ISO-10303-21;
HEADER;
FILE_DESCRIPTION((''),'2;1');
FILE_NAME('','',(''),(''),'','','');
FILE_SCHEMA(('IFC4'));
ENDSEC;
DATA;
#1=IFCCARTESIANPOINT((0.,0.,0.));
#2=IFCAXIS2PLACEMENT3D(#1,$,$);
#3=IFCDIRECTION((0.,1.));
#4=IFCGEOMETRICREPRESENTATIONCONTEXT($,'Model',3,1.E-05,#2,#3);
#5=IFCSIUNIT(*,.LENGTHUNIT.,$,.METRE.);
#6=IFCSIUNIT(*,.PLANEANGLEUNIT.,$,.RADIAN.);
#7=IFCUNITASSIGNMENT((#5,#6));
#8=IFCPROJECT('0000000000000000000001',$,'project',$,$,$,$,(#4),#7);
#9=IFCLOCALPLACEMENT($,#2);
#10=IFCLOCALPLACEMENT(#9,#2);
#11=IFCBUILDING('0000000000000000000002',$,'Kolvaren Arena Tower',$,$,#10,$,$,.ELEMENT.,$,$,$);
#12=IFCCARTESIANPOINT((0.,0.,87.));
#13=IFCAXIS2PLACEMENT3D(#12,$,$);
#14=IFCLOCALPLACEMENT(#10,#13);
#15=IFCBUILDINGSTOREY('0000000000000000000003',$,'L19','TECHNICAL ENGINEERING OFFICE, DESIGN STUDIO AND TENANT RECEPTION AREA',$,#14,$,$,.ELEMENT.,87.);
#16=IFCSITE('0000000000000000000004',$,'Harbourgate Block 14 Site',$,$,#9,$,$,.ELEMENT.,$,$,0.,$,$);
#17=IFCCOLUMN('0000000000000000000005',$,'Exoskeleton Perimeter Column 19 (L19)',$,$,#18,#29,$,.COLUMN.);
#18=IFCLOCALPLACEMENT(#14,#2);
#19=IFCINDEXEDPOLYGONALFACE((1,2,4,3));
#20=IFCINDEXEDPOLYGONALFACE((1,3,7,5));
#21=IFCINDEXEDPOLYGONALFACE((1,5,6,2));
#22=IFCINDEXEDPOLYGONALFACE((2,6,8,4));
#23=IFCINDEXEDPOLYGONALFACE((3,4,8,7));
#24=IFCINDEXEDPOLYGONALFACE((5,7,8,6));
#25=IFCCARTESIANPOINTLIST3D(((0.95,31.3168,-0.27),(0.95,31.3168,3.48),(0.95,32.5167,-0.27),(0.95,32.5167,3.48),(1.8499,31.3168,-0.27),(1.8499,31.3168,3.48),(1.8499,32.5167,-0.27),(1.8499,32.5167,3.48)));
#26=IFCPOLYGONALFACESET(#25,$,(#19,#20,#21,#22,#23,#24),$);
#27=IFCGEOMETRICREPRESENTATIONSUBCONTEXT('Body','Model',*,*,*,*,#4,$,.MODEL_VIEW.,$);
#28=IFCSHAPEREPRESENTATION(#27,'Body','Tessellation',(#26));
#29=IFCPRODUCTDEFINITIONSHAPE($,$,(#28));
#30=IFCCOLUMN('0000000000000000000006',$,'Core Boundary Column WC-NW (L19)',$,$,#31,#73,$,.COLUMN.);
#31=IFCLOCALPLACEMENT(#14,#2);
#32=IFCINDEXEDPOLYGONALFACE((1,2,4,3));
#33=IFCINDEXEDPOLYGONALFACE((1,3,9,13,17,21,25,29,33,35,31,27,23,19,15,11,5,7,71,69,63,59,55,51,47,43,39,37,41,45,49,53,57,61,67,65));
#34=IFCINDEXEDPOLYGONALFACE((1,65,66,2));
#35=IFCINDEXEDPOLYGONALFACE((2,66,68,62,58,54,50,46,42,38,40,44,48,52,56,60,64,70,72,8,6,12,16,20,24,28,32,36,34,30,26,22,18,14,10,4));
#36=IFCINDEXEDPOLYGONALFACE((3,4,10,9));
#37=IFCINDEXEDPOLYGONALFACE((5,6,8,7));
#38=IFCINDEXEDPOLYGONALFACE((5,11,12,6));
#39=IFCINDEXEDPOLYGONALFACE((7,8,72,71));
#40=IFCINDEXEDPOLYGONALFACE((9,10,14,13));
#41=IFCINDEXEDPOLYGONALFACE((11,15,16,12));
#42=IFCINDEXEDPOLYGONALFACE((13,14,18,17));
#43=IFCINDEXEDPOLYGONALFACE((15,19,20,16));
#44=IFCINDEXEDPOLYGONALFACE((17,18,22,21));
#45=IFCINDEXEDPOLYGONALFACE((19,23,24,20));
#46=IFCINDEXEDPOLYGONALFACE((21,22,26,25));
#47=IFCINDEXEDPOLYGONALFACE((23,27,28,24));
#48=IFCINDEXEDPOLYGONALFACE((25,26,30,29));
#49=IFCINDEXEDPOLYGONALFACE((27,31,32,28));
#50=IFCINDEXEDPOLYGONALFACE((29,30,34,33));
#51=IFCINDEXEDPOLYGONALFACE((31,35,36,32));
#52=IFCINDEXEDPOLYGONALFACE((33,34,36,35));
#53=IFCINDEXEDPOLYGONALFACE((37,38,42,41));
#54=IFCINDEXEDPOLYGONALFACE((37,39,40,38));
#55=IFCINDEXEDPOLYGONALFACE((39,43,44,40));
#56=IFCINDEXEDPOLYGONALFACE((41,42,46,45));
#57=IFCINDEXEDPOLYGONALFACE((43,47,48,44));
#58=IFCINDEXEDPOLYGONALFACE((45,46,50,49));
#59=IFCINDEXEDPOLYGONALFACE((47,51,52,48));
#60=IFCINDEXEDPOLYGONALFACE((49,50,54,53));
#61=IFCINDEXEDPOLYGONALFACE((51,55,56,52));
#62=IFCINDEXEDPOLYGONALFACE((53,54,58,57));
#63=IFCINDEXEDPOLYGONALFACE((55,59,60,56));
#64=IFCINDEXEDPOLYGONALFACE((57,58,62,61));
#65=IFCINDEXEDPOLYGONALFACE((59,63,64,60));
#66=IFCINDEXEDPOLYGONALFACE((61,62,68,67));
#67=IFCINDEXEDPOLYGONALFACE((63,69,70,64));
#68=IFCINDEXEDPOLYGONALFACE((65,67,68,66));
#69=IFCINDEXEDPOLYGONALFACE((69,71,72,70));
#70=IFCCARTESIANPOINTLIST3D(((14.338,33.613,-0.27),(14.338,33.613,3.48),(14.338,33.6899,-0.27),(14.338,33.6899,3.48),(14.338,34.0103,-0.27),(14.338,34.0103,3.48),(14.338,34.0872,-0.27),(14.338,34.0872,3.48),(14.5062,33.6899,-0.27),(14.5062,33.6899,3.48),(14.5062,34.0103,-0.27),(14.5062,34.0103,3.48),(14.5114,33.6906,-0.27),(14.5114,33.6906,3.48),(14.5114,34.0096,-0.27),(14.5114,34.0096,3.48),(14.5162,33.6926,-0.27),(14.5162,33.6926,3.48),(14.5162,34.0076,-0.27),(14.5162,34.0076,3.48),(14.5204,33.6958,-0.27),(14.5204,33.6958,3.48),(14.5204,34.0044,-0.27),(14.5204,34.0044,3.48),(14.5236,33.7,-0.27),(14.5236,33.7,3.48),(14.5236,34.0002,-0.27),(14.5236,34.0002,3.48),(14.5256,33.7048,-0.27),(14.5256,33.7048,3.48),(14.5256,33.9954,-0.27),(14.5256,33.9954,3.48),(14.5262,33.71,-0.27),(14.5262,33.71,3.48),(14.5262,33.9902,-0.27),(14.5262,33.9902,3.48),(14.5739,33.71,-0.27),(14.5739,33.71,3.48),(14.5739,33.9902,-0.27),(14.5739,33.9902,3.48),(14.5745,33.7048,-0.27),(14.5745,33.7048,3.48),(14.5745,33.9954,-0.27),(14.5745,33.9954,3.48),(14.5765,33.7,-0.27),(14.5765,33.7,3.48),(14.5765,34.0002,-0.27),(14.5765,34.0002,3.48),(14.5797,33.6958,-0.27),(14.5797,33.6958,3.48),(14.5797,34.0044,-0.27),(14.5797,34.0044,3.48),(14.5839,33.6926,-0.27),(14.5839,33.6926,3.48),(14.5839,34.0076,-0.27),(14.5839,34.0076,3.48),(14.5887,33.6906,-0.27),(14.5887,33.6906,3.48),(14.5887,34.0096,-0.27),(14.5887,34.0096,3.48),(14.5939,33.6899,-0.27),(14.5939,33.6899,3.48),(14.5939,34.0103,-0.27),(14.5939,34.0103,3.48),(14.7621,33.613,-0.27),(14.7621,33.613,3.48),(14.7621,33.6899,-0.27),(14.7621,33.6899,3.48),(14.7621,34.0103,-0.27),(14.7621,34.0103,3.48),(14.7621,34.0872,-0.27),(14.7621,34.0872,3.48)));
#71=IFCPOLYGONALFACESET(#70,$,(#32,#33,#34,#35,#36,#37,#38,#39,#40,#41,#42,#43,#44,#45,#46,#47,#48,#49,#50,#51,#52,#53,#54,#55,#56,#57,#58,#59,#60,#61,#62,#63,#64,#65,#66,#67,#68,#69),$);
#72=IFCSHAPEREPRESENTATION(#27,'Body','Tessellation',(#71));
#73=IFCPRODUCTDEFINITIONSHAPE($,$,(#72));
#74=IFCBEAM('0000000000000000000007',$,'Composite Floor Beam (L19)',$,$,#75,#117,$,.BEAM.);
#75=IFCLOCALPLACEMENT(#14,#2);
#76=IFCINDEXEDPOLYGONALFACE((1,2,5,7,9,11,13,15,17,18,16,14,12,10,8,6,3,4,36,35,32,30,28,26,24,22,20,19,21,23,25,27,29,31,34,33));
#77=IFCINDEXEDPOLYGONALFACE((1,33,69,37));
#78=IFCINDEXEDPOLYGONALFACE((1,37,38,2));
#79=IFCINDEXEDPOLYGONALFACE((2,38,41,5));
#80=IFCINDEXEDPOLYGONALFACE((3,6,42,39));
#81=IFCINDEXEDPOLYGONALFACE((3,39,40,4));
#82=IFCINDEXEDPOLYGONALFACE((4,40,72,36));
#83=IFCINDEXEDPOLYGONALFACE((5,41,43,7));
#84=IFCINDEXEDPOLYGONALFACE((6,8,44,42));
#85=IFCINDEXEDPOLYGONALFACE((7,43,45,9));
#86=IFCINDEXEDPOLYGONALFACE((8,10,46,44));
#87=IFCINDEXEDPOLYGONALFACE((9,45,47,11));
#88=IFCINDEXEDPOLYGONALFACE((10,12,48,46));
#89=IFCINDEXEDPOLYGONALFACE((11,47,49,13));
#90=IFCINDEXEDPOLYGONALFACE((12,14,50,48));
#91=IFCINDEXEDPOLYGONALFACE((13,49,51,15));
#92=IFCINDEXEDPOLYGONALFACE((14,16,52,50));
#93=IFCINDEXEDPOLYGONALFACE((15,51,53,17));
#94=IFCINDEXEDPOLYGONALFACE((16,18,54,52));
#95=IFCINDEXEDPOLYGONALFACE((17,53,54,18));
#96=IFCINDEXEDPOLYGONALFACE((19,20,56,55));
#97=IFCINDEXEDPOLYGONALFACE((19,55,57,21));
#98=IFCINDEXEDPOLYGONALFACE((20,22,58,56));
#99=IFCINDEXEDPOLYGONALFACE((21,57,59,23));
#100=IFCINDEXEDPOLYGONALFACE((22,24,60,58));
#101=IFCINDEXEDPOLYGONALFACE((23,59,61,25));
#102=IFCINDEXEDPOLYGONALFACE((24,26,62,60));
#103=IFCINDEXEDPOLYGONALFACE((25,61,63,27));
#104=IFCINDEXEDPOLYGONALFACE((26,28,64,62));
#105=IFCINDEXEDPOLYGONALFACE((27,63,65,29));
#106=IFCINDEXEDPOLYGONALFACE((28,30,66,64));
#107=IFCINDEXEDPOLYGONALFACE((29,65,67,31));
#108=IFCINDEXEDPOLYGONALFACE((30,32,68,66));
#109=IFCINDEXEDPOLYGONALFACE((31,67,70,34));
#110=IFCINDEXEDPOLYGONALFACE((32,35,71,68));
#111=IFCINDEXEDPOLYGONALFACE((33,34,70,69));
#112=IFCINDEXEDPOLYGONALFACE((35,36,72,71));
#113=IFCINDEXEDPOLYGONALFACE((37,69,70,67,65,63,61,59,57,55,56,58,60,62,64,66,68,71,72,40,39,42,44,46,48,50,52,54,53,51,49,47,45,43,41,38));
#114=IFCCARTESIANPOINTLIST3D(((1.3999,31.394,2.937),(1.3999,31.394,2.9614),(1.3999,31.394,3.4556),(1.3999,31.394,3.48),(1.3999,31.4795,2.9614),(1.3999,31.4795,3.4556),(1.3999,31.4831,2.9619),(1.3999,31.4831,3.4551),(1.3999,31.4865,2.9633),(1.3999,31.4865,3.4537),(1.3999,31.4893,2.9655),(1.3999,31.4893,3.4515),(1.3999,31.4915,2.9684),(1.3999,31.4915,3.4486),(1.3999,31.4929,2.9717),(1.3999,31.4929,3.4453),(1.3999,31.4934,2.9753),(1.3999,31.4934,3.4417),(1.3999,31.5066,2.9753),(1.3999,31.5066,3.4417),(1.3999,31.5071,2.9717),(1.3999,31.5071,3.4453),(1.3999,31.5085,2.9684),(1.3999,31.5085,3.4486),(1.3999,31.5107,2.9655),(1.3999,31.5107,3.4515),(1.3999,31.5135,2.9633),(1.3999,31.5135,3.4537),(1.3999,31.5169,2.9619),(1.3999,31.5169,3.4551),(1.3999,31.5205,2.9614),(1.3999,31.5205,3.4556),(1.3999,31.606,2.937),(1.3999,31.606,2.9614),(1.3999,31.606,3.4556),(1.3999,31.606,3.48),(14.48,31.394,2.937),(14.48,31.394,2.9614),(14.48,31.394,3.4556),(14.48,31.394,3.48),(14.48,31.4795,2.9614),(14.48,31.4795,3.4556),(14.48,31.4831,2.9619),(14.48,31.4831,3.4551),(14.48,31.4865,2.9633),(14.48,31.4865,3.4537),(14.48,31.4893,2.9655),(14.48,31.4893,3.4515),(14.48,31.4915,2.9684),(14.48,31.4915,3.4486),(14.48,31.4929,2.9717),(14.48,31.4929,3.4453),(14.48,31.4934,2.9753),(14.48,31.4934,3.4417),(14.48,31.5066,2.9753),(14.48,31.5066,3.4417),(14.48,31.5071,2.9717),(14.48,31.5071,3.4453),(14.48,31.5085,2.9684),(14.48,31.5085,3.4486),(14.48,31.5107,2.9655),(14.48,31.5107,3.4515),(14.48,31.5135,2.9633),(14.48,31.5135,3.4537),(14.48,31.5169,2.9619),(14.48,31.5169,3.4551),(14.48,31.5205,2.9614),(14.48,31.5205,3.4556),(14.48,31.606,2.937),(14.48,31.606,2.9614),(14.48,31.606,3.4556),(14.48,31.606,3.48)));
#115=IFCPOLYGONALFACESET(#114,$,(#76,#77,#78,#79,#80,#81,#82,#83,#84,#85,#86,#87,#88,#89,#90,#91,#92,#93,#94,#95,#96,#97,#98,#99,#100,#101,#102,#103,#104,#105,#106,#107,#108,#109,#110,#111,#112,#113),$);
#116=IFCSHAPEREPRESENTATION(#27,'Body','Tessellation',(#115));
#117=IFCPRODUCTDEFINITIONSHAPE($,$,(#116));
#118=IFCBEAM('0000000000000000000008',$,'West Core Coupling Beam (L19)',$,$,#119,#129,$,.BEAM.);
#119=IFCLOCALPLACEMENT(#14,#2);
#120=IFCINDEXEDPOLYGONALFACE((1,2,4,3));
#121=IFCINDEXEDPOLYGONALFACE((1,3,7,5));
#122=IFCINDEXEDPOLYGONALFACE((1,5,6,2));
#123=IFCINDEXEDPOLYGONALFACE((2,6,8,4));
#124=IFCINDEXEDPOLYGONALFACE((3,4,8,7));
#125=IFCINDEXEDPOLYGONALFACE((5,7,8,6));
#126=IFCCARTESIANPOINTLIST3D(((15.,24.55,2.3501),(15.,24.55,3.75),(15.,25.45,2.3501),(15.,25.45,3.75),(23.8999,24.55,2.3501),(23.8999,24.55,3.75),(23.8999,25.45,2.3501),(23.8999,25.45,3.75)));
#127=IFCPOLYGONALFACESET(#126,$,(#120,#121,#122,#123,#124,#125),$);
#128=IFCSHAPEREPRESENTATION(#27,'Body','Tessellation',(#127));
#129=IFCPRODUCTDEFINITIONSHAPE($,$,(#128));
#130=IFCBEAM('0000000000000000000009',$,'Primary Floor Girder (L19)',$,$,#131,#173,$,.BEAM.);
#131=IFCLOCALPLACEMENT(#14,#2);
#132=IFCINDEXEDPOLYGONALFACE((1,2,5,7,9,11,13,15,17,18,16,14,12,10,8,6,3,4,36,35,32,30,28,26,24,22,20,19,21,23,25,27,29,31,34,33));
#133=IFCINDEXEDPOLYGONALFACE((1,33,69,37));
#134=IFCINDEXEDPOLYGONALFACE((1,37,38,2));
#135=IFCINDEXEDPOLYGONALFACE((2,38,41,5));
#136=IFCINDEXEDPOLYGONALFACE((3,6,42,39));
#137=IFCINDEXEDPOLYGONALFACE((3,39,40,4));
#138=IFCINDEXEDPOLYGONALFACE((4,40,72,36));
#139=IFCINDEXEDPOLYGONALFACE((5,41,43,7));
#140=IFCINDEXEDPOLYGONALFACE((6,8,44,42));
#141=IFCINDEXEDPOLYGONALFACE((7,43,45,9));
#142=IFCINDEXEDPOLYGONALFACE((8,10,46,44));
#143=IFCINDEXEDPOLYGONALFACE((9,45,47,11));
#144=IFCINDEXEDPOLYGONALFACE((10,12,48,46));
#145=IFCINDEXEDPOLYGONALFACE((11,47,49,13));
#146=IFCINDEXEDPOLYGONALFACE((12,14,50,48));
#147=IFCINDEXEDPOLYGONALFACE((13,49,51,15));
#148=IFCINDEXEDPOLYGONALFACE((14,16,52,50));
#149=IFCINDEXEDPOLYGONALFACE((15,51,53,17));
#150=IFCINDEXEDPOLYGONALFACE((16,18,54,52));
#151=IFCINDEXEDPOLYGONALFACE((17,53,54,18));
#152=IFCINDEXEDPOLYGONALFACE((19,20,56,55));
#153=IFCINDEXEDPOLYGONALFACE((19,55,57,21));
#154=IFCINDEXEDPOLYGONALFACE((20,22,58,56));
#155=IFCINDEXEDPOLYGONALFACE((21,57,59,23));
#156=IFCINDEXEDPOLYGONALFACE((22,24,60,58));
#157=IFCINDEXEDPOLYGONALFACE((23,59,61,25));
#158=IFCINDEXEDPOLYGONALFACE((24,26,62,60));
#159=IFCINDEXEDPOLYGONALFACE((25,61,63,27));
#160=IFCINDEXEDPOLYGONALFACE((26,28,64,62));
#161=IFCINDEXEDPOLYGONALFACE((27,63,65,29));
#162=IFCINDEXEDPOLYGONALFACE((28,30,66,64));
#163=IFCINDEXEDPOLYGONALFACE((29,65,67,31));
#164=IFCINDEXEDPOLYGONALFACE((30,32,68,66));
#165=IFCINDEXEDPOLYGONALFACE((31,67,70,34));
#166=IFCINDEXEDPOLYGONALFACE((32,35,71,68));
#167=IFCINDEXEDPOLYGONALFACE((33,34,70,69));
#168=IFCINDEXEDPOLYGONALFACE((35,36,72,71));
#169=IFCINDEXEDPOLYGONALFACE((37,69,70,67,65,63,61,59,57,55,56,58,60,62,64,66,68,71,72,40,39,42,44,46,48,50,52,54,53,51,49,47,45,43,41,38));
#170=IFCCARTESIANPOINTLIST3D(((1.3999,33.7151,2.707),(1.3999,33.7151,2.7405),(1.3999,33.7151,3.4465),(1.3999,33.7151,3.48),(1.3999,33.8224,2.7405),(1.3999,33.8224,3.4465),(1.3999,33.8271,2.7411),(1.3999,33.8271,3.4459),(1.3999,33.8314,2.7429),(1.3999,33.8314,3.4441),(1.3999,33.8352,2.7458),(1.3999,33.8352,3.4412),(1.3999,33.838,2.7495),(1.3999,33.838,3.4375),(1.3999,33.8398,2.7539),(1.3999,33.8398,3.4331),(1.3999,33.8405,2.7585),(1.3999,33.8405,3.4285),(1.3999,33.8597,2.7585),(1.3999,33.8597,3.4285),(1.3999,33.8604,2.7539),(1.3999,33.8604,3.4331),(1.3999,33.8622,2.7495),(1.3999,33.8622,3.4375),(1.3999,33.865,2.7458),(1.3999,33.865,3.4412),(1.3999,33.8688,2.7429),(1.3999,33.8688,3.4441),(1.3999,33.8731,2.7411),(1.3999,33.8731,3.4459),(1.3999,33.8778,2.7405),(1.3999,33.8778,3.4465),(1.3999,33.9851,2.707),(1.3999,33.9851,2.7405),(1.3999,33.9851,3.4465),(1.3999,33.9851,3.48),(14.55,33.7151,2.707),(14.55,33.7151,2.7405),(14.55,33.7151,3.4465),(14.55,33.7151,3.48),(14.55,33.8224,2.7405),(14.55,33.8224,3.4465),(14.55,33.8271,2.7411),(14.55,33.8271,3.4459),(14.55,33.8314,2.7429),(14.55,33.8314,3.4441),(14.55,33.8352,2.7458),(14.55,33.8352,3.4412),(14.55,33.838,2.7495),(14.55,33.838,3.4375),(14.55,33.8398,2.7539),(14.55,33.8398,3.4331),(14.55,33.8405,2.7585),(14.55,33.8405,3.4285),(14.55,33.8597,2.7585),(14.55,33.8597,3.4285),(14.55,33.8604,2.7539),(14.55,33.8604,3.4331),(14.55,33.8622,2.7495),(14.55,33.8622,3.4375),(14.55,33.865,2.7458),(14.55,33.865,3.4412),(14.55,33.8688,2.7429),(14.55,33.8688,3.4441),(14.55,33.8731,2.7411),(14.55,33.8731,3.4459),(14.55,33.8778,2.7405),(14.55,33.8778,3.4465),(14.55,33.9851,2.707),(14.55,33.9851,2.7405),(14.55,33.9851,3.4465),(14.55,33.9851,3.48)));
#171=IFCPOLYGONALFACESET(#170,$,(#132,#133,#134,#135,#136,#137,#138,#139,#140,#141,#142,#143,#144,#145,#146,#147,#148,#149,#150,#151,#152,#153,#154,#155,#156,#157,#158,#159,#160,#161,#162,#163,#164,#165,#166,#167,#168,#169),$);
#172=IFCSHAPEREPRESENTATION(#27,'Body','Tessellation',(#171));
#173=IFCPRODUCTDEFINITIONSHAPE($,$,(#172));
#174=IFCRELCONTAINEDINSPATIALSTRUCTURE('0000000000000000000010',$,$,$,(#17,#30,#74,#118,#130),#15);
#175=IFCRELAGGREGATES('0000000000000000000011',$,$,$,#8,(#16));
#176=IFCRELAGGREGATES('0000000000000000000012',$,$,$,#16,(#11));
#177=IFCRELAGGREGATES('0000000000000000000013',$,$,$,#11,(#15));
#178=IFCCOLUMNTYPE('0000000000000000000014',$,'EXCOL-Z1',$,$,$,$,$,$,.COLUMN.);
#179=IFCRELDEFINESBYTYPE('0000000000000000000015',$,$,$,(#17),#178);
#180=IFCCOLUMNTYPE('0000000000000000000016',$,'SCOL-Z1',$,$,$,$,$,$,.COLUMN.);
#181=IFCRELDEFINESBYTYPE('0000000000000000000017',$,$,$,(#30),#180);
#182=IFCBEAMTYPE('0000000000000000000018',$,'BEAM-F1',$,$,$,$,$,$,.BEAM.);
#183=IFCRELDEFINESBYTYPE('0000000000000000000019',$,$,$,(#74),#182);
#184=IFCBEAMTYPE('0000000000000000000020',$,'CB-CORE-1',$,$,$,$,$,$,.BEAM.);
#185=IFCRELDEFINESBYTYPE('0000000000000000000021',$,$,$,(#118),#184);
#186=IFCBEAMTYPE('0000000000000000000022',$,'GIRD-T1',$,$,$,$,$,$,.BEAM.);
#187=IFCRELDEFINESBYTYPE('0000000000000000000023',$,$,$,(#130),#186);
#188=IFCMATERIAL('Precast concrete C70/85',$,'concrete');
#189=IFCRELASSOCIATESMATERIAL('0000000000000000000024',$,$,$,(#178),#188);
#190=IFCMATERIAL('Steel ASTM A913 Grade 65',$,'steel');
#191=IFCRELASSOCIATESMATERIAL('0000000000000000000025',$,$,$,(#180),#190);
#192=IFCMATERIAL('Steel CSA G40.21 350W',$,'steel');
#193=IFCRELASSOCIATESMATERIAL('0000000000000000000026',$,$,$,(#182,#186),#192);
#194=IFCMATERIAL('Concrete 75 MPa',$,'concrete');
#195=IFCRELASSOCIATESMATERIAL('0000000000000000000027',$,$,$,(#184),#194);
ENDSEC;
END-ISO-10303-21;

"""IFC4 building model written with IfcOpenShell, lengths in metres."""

from ifc_helpers import new_model, si_unit, direction, frame, origin, origin_2d, place, context, subcontext, project, spatial, rectangle, i_section, extrude, material, material_profile, profile_set, type_object, element, save


model = new_model("IFC4")

# Units and contexts
model_context = context("Model", 3, precision=1e-05, world=origin(), true_north=direction((0.0, 1.0)))
body_context = subcontext(model_context, "Body", "Model", "MODEL_VIEW")
ifc_project = project(units=[si_unit("LENGTHUNIT", "METRE"), si_unit("PLANEANGLEUNIT", "RADIAN")], contexts=[model_context])

# Site, building, storey
site_placement = place(None, origin())
site = spatial("IfcSite", under=ifc_project, at=site_placement, Name="Harbourgate Block 14 Site", CompositionType="ELEMENT", RefElevation=0.0)
building_placement = place(site_placement, origin())
building = spatial("IfcBuilding", under=site, at=building_placement, Name="Kolvaren Arena Tower", CompositionType="ELEMENT")
storey_placement = place(building_placement, frame((0.0, 0.0, 87.0)))
storey = spatial("IfcBuildingStorey", under=building, at=storey_placement, Name="L19", Description="TECHNICAL ENGINEERING OFFICE, DESIGN STUDIO AND TENANT RECEPTION AREA", CompositionType="ELEMENT", Elevation=87.0)

# Columns
ifc_material_1 = material(Name="Precast concrete C70/85", Category="concrete")
ifc_material_profile_1 = material_profile(ifc_material_1, rectangle(XDim=1.2, YDim=0.8999, at=origin_2d()), Name="RC-1200x900")
ifc_profile_set_1 = profile_set([ifc_material_profile_1], Name="Precast concrete C70/85")
column_type_1 = type_object("IfcColumnType", Name="EXCOL-Z1", PredefinedType="COLUMN", material=ifc_profile_set_1)
column_1_placement = place(storey_placement, frame((1.3999, 31.9167, -0.27), z_axis=(0.0, 0.0, 1.0), x_axis=(0.0, 1.0, 0.0)))
element("IfcColumn", 1, at=column_1_placement, inside=storey, type_object=column_type_1, Name="Exoskeleton Perimeter Column 19 (L19)", PredefinedType="COLUMN", context=body_context, shape_type="SweptSolid", body=[
    extrude(rectangle(XDim=1.2, YDim=0.8999, at=origin_2d()), origin(), (0.0, 0.0, 1.0), 3.75),
])
ifc_material_2 = material(Name="Steel ASTM A913 Grade 65", Category="steel")
ifc_material_profile_2 = material_profile(ifc_material_2, i_section(OverallWidth=0.4241, OverallDepth=0.4741, WebThickness=0.0476, FlangeThickness=0.0769, FilletRadius=0.02, at=origin_2d()), Name="W360x634")
ifc_profile_set_2 = profile_set([ifc_material_profile_2], Name="Steel ASTM A913 Grade 65")
column_type_2 = type_object("IfcColumnType", Name="SCOL-Z1", PredefinedType="COLUMN", material=ifc_profile_set_2)
column_2_placement = place(storey_placement, frame((14.55, 33.8501, -0.27), z_axis=(0.0, 0.0, 1.0), x_axis=(1.0, 0.0, 0.0)))
element("IfcColumn", 2, at=column_2_placement, inside=storey, type_object=column_type_2, Name="Core Boundary Column WC-NW (L19)", PredefinedType="COLUMN", context=body_context, shape_type="SweptSolid", body=[
    extrude(i_section(OverallWidth=0.4241, OverallDepth=0.4741, WebThickness=0.0476, FlangeThickness=0.0769, FilletRadius=0.02, at=origin_2d()), origin(), (0.0, 0.0, 1.0), 3.75),
])

# Beams
ifc_material_3 = material(Name="Steel CSA G40.21 350W", Category="steel")
ifc_material_profile_3 = material_profile(ifc_material_3, i_section(OverallWidth=0.2119, OverallDepth=0.543, WebThickness=0.0132, FlangeThickness=0.0244, FilletRadius=0.0139, at=origin_2d()), Name="W530x150")
ifc_profile_set_3 = profile_set([ifc_material_profile_3], Name="Steel CSA G40.21 350W")
beam_type_1 = type_object("IfcBeamType", Name="BEAM-F1", PredefinedType="BEAM", material=ifc_profile_set_3)
beam_1_placement = place(storey_placement, frame((1.3999, 31.5, 3.2085), z_axis=(1.0, 0.0, 0.0), x_axis=(0.0, 1.0, 0.0)))
element("IfcBeam", 3, at=beam_1_placement, inside=storey, type_object=beam_type_1, Name="Composite Floor Beam (L19)", PredefinedType="BEAM", context=body_context, shape_type="SweptSolid", body=[
    extrude(i_section(OverallWidth=0.2119, OverallDepth=0.543, WebThickness=0.0132, FlangeThickness=0.0244, FilletRadius=0.0139, at=origin_2d()), origin(), (0.0, 0.0, 1.0), 13.0801),
])
ifc_material_4 = material(Name="Concrete 75 MPa", Category="concrete")
ifc_material_profile_4 = material_profile(ifc_material_4, rectangle(XDim=0.8999, YDim=1.3999, at=origin_2d()), Name="RC-900x1400")
ifc_profile_set_4 = profile_set([ifc_material_profile_4], Name="Concrete 75 MPa")
beam_type_2 = type_object("IfcBeamType", Name="CB-CORE-1", PredefinedType="BEAM", material=ifc_profile_set_4)
beam_2_placement = place(storey_placement, frame((15.0, 25.0, 3.05), z_axis=(1.0, 0.0, 0.0), x_axis=(0.0, 1.0, 0.0)))
element("IfcBeam", 4, at=beam_2_placement, inside=storey, type_object=beam_type_2, Name="West Core Coupling Beam (L19)", PredefinedType="BEAM", context=body_context, shape_type="SweptSolid", body=[
    extrude(rectangle(XDim=0.8999, YDim=1.3999, at=origin_2d()), origin(), (0.0, 0.0, 1.0), 8.8999),
])
ifc_material_profile_5 = material_profile(ifc_material_3, i_section(OverallWidth=0.27, OverallDepth=0.7729, WebThickness=0.0193, FlangeThickness=0.0334, FilletRadius=0.0181, at=origin_2d()), Name="W760x257")
ifc_profile_set_5 = profile_set([ifc_material_profile_5], Name="Steel CSA G40.21 350W")
beam_type_3 = type_object("IfcBeamType", Name="GIRD-T1", PredefinedType="BEAM", material=ifc_profile_set_5)
beam_3_placement = place(storey_placement, frame((1.3999, 33.8501, 3.0935), z_axis=(1.0, 0.0, 0.0), x_axis=(0.0, 1.0, 0.0)))
element("IfcBeam", 5, at=beam_3_placement, inside=storey, type_object=beam_type_3, Name="Primary Floor Girder (L19)", PredefinedType="BEAM", context=body_context, shape_type="SweptSolid", body=[
    extrude(i_section(OverallWidth=0.27, OverallDepth=0.7729, WebThickness=0.0193, FlangeThickness=0.0334, FilletRadius=0.0181, at=origin_2d()), origin(), (0.0, 0.0, 1.0), 13.1501),
])

save(model, "model.ifc")
